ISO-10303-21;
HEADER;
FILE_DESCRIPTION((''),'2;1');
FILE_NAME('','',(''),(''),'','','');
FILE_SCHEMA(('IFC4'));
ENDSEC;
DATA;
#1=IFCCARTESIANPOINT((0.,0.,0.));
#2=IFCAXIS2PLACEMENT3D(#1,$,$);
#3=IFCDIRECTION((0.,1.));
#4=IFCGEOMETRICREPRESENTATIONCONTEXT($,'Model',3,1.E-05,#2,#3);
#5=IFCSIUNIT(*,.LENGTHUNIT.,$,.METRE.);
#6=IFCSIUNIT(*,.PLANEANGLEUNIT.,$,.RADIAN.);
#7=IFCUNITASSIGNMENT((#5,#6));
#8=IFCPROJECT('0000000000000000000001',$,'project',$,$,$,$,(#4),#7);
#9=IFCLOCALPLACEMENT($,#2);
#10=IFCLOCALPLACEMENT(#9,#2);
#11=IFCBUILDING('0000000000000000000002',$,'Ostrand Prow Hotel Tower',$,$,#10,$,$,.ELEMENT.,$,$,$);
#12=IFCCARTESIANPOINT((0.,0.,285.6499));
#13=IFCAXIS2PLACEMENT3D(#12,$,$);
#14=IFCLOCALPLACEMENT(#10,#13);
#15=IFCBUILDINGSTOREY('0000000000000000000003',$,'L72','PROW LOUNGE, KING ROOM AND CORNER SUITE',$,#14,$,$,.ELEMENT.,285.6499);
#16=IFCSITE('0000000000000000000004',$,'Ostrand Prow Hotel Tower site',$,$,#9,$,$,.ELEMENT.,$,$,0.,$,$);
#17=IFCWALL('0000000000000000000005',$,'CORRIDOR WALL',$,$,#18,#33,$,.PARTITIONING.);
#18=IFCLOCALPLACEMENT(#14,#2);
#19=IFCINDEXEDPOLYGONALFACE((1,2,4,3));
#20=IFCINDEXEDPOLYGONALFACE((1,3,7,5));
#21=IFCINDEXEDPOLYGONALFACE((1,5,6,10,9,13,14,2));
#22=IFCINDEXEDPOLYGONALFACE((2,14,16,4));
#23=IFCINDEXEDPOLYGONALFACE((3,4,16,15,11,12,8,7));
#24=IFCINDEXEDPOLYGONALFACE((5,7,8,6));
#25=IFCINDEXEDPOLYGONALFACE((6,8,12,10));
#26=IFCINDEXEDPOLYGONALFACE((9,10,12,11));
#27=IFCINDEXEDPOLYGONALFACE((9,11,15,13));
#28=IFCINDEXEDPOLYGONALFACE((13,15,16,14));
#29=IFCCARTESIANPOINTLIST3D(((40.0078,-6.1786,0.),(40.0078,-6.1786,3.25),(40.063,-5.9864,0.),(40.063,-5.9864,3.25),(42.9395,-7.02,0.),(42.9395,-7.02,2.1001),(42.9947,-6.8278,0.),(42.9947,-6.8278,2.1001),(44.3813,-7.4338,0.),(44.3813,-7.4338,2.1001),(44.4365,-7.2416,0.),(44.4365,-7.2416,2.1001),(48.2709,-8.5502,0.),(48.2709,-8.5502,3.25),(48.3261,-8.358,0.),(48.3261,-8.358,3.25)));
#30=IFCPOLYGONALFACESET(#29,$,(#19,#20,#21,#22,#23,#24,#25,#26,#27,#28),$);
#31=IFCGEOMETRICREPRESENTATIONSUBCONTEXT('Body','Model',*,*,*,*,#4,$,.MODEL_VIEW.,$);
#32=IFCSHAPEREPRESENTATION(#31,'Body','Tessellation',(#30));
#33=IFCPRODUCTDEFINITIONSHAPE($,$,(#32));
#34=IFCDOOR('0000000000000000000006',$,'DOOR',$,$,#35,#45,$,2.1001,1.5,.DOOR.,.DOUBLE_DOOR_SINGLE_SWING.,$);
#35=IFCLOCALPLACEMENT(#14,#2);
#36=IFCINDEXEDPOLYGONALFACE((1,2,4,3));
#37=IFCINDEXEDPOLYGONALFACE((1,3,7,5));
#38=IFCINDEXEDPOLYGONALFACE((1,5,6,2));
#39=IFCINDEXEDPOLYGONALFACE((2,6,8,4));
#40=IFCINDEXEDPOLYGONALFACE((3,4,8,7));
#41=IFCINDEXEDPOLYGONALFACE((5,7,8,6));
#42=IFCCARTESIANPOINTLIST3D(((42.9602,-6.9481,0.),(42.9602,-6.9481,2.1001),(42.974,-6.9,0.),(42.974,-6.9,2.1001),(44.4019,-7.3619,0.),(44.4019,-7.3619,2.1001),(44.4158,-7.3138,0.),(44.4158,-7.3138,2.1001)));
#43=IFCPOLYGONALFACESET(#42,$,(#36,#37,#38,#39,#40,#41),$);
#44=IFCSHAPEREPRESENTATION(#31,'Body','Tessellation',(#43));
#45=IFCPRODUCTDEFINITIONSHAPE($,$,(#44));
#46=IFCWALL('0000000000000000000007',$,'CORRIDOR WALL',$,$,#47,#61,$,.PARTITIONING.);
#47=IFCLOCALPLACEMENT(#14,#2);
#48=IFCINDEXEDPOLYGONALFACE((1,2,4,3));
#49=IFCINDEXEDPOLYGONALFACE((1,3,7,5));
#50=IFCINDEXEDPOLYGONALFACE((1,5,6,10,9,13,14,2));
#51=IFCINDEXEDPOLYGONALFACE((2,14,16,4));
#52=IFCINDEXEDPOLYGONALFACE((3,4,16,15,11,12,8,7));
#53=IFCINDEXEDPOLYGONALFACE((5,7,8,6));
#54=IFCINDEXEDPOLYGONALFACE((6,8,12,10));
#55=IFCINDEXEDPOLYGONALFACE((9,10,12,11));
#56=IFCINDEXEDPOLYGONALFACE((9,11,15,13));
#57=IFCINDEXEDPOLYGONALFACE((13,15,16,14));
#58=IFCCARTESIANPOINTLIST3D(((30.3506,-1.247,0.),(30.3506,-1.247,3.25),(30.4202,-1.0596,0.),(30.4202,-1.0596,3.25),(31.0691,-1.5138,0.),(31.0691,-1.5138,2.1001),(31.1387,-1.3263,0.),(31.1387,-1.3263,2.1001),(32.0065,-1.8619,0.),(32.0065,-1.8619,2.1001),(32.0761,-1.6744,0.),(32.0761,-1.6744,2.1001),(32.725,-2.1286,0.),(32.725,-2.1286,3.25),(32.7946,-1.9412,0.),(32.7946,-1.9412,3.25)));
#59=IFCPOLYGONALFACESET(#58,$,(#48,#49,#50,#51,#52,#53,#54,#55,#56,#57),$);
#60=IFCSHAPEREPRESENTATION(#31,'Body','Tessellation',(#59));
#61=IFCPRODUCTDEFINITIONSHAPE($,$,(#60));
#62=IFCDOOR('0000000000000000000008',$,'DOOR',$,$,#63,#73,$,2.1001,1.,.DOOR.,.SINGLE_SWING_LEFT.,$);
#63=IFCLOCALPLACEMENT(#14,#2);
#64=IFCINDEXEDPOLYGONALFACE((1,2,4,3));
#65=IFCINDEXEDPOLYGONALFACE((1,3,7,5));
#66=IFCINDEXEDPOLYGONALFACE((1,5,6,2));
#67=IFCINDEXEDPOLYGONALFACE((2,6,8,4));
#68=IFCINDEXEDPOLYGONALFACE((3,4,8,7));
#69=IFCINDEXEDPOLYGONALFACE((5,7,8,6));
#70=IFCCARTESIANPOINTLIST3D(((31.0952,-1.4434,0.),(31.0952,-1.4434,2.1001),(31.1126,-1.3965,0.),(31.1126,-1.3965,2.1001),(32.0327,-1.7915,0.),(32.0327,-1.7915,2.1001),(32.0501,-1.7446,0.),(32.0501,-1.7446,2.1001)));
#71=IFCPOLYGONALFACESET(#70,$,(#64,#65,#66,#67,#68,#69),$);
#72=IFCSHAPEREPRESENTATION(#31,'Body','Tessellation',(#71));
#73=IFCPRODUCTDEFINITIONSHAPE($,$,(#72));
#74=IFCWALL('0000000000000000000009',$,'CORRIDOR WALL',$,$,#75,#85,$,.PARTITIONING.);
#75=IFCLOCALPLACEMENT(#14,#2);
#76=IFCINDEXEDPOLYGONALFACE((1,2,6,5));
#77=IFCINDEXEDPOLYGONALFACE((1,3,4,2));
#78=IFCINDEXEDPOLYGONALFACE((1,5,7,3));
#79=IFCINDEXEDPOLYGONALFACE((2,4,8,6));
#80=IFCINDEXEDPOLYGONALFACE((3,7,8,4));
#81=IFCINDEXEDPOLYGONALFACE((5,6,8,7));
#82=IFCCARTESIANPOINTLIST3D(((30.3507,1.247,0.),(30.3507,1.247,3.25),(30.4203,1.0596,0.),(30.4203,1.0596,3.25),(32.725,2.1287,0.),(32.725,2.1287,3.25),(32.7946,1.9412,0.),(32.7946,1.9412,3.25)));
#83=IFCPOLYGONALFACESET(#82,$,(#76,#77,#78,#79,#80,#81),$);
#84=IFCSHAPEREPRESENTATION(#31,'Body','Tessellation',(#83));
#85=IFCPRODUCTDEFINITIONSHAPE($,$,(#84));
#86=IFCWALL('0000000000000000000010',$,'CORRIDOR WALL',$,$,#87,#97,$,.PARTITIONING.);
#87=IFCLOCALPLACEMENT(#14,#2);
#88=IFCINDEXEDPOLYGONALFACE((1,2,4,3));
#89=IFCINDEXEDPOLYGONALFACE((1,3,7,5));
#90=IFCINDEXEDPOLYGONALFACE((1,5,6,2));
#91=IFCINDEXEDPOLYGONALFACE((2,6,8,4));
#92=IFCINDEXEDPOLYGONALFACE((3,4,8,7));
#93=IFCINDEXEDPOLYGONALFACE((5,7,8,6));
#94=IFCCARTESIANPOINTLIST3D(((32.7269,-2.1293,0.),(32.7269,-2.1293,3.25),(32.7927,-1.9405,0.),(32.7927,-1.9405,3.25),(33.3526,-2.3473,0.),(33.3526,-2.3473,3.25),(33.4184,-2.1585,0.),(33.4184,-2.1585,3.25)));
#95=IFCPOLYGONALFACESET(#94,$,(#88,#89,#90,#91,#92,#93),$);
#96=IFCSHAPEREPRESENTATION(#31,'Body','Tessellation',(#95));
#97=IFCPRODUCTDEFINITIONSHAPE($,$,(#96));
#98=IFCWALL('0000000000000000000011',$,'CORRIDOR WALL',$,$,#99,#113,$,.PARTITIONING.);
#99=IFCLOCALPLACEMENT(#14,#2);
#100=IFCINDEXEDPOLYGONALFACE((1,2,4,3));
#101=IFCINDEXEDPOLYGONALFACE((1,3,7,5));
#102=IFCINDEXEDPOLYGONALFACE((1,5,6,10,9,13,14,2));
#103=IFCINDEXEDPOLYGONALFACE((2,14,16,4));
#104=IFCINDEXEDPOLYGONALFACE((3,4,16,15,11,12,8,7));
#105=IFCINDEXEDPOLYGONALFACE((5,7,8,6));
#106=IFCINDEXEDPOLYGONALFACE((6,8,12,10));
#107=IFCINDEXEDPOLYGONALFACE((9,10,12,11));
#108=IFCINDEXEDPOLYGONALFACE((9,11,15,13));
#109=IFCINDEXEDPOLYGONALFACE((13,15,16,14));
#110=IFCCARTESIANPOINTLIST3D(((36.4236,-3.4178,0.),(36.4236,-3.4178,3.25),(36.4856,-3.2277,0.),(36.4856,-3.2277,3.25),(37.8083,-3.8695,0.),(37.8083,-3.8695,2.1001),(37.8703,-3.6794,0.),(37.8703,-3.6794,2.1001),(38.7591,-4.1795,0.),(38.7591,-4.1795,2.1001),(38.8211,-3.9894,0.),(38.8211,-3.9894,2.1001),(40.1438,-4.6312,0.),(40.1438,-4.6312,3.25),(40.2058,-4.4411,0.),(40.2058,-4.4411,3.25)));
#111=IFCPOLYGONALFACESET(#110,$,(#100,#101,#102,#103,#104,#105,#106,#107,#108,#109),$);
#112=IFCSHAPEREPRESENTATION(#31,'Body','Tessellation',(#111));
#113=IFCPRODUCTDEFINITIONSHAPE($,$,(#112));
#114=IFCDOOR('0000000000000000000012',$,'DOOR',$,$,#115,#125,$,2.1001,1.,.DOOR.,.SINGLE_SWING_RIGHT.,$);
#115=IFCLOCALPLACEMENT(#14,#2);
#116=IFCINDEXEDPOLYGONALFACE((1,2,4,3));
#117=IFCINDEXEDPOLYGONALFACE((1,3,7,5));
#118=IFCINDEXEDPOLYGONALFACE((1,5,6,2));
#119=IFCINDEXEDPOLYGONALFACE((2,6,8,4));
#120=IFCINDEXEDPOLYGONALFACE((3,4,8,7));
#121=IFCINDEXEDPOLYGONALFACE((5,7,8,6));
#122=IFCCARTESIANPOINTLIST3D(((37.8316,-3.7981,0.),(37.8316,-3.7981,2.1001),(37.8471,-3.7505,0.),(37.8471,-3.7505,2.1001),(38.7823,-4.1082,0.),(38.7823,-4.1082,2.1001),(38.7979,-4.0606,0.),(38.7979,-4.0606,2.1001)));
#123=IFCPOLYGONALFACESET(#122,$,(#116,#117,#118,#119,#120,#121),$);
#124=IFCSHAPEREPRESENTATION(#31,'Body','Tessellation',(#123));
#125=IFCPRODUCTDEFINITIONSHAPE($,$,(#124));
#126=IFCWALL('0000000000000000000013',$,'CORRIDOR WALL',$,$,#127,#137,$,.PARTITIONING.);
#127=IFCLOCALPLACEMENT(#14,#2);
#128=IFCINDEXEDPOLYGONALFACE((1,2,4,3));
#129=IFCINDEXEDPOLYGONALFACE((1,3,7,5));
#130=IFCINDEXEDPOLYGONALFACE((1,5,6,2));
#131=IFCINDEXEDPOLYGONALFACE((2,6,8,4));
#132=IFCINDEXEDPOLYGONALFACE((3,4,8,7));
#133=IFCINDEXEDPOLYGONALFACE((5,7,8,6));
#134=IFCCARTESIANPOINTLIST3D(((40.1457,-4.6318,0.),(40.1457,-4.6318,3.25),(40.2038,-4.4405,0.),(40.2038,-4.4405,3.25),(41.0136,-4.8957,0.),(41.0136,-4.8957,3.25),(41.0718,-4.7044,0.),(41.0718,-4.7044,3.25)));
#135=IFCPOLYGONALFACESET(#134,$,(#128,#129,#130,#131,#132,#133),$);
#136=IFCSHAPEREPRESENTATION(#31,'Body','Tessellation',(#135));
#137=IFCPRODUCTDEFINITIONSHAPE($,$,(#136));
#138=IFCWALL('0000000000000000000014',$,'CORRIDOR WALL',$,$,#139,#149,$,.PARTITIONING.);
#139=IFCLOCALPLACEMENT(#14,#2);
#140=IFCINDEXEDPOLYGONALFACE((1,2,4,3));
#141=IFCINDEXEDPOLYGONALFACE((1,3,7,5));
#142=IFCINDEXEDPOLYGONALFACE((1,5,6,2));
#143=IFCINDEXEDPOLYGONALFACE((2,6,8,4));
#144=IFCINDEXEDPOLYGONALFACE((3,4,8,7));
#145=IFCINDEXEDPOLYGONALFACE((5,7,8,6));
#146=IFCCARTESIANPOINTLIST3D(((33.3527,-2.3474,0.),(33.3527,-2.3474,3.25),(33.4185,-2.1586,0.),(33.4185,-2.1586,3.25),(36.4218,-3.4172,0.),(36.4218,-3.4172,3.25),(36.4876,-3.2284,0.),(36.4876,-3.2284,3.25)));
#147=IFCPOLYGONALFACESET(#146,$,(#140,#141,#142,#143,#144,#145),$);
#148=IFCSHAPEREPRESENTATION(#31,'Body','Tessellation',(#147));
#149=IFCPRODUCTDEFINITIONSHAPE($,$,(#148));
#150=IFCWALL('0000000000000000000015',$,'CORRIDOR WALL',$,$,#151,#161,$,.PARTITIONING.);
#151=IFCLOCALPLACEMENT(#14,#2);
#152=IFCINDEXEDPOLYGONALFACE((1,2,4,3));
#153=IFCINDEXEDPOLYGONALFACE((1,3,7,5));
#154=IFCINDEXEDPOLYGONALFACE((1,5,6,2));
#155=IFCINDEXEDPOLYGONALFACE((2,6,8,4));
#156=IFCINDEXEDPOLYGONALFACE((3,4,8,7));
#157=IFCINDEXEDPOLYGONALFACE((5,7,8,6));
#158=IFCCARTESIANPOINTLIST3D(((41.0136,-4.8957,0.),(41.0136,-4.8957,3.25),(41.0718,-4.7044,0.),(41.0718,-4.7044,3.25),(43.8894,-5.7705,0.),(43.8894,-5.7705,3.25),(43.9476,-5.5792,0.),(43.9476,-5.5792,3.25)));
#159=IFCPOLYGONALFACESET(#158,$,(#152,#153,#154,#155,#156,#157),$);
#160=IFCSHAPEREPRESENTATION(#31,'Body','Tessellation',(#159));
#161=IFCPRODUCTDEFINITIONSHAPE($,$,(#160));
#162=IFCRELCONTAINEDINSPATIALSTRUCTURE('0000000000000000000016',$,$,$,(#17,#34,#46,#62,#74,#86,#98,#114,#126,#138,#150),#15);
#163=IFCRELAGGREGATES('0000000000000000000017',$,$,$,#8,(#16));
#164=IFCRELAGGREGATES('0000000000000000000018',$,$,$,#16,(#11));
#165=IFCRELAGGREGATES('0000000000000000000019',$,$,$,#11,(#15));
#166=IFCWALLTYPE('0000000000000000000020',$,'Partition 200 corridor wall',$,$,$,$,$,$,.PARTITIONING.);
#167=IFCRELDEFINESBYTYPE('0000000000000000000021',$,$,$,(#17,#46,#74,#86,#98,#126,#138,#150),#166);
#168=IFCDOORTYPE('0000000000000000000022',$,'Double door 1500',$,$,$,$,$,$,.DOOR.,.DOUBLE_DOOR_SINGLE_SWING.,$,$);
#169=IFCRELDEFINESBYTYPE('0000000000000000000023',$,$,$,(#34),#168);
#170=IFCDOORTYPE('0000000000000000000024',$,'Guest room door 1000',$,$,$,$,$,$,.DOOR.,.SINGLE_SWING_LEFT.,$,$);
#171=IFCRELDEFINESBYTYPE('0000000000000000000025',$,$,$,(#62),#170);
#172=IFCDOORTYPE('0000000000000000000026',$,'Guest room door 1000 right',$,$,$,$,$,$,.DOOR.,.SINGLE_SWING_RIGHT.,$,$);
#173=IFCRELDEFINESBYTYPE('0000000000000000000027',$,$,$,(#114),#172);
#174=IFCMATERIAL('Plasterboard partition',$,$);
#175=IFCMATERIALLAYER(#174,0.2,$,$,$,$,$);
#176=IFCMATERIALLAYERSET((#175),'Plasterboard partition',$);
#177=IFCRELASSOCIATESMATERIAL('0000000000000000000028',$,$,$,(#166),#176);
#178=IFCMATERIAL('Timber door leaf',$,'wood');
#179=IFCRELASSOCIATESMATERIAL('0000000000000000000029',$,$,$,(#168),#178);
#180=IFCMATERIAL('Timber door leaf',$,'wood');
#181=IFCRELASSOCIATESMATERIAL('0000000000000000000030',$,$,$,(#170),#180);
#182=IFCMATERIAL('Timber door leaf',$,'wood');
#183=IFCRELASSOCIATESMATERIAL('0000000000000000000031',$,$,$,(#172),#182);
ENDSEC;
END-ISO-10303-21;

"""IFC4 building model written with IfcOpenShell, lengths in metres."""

from ifc_helpers import new_model, si_unit, direction, frame, frame_2d, origin, place, context, subcontext, project, spatial, rectangle, extrude, material, layer, layer_set, type_object, element, fill, save


model = new_model("IFC4")

# Units and contexts
model_context = context("Model", 3, precision=1e-05, world=origin(), true_north=direction((0.0, 1.0)))
body_context = subcontext(model_context, "Body", "Model", "MODEL_VIEW")
ifc_project = project(units=[si_unit("LENGTHUNIT", "METRE"), si_unit("PLANEANGLEUNIT", "RADIAN")], contexts=[model_context])

# Site, building, storey
site_placement = place(None, origin())
site = spatial("IfcSite", under=ifc_project, at=site_placement, Name="Ostrand Prow Hotel Tower site", CompositionType="ELEMENT", RefElevation=0.0)
building_placement = place(site_placement, origin())
building = spatial("IfcBuilding", under=site, at=building_placement, Name="Ostrand Prow Hotel Tower", CompositionType="ELEMENT")
storey_placement = place(building_placement, frame((0.0, 0.0, 285.6499)))
storey = spatial("IfcBuildingStorey", under=building, at=storey_placement, Name="L72", Description="PROW LOUNGE, KING ROOM AND CORNER SUITE", CompositionType="ELEMENT", Elevation=285.6499)

# Walls, openings, doors
ifc_material_1 = material(Name="Plasterboard partition")
ifc_layer_1 = layer(ifc_material_1, 0.2)
ifc_layer_set_1 = layer_set([ifc_layer_1], Name="Plasterboard partition")
wall_type_1 = type_object("IfcWallType", Name="Partition 200 corridor wall", PredefinedType="PARTITIONING", material=ifc_layer_set_1)
wall_1_placement = place(storey_placement, frame((40.0354, -6.0825, 0.0), z_axis=(0.0, 0.0, 1.0), x_axis=(0.961195, -0.275869, 0.0)))
wall_1 = element("IfcWall", 1, at=wall_1_placement, inside=storey, type_object=wall_type_1, Name="CORRIDOR WALL", PredefinedType="PARTITIONING", context=body_context, shape_type="SweptSolid", body=[
    extrude(rectangle(XDim=8.5967, YDim=0.2, at=frame_2d((4.2983, 0.0))), origin(), (0.0, 0.0, 1.0), 3.25),
])
opening_1_placement = place(wall_1_placement, frame((3.05, 0.0, 0.0)))
opening_1 = element("IfcOpeningElement", 2, at=opening_1_placement, cuts=wall_1, PredefinedType="OPENING", context=body_context, shape_type="SweptSolid", body=[
    extrude(rectangle(XDim=1.5, YDim=2.1001, at=frame_2d((0.75, 1.05))), frame((0.0, 0.1099, 0.0), z_axis=(0.0, -1.0, 0.0), x_axis=(1.0, 0.0, 0.0)), (0.0, 0.0, 1.0), 0.22),
])
ifc_material_2 = material(Name="Timber door leaf", Category="wood")
door_type_1 = type_object("IfcDoorType", Name="Double door 1500", OperationType="DOUBLE_DOOR_SINGLE_SWING", PredefinedType="DOOR", material=ifc_material_2)
door_1_placement = place(opening_1_placement, origin())
door_1 = element("IfcDoor", 3, at=door_1_placement, inside=storey, type_object=door_type_1, Name="DOOR", OperationType="DOUBLE_DOOR_SINGLE_SWING", OverallHeight=2.1001, OverallWidth=1.5, PredefinedType="DOOR", context=body_context, shape_type="SweptSolid", body=[
    extrude(rectangle(XDim=1.5, YDim=2.1001, at=frame_2d((0.75, 1.05))), frame((0.0, 0.0249, 0.0), z_axis=(0.0, -1.0, 0.0), x_axis=(1.0, 0.0, 0.0)), (0.0, 0.0, 1.0), 0.05),
])
fill(opening_1, door_1)
wall_2_placement = place(storey_placement, frame((32.7598, -2.0349, 0.0), z_axis=(0.0, 0.0, 1.0), x_axis=(-0.937461, 0.34809, 0.0)))
wall_2 = element("IfcWall", 4, at=wall_2_placement, inside=storey, type_object=wall_type_1, Name="CORRIDOR WALL", PredefinedType="PARTITIONING", context=body_context, shape_type="SweptSolid", body=[
    extrude(rectangle(XDim=2.5327, YDim=0.2, at=frame_2d((1.2664, 0.0))), origin(), (0.0, 0.0, 1.0), 3.25),
])
opening_2_placement = place(wall_2_placement, frame((0.7664, 0.0, 0.0)))
opening_2 = element("IfcOpeningElement", 5, at=opening_2_placement, cuts=wall_2, PredefinedType="OPENING", context=body_context, shape_type="SweptSolid", body=[
    extrude(rectangle(XDim=1.0, YDim=2.1001, at=frame_2d((0.5, 1.05))), frame((0.0, 0.1099, 0.0), z_axis=(0.0, -1.0, 0.0), x_axis=(1.0, 0.0, 0.0)), (0.0, 0.0, 1.0), 0.22),
])
ifc_material_3 = material(Name="Timber door leaf", Category="wood")
door_type_2 = type_object("IfcDoorType", Name="Guest room door 1000", OperationType="SINGLE_SWING_LEFT", PredefinedType="DOOR", material=ifc_material_3)
door_2_placement = place(opening_2_placement, origin())
door_2 = element("IfcDoor", 6, at=door_2_placement, inside=storey, type_object=door_type_2, Name="DOOR", OperationType="SINGLE_SWING_LEFT", OverallHeight=2.1001, OverallWidth=1.0, PredefinedType="DOOR", context=body_context, shape_type="SweptSolid", body=[
    extrude(rectangle(XDim=1.0, YDim=2.1001, at=frame_2d((0.5, 1.05))), frame((0.0, 0.0249, 0.0), z_axis=(0.0, -1.0, 0.0), x_axis=(1.0, 0.0, 0.0)), (0.0, 0.0, 1.0), 0.05),
])
fill(opening_2, door_2)

# Walls
wall_3_placement = place(storey_placement, frame((30.3855, 1.1533, 0.0), z_axis=(0.0, 0.0, 1.0), x_axis=(0.937461, 0.34809, 0.0)))
element("IfcWall", 7, at=wall_3_placement, inside=storey, type_object=wall_type_1, Name="CORRIDOR WALL", PredefinedType="PARTITIONING", context=body_context, shape_type="SweptSolid", body=[
    extrude(rectangle(XDim=2.5327, YDim=0.2, at=frame_2d((1.2664, 0.0))), origin(), (0.0, 0.0, 1.0), 3.25),
])
wall_4_placement = place(storey_placement, frame((33.3855, -2.2529, 0.0), z_axis=(0.0, 0.0, 1.0), x_axis=(-0.944323, 0.329021, 0.0)))
element("IfcWall", 8, at=wall_4_placement, inside=storey, type_object=wall_type_1, Name="CORRIDOR WALL", PredefinedType="PARTITIONING", context=body_context, shape_type="SweptSolid", body=[
    extrude(rectangle(XDim=0.6626, YDim=0.2, at=frame_2d((0.3313, 0.0))), origin(), (0.0, 0.0, 1.0), 3.25),
])

# Wall, opening, door
wall_5_placement = place(storey_placement, frame((40.1748, -4.5361, 0.0), z_axis=(0.0, 0.0, 1.0), x_axis=(-0.95071, 0.310082, 0.0)))
wall_5 = element("IfcWall", 9, at=wall_5_placement, inside=storey, type_object=wall_type_1, Name="CORRIDOR WALL", PredefinedType="PARTITIONING", context=body_context, shape_type="SweptSolid", body=[
    extrude(rectangle(XDim=3.9131, YDim=0.2, at=frame_2d((1.9565, 0.0))), origin(), (0.0, 0.0, 1.0), 3.25),
])
opening_3_placement = place(wall_5_placement, frame((1.4565, 0.0, 0.0)))
opening_3 = element("IfcOpeningElement", 10, at=opening_3_placement, cuts=wall_5, PredefinedType="OPENING", context=body_context, shape_type="SweptSolid", body=[
    extrude(rectangle(XDim=1.0, YDim=2.1001, at=frame_2d((0.5, 1.05))), frame((0.0, 0.1099, 0.0), z_axis=(0.0, -1.0, 0.0), x_axis=(1.0, 0.0, 0.0)), (0.0, 0.0, 1.0), 0.22),
])
ifc_material_4 = material(Name="Timber door leaf", Category="wood")
door_type_3 = type_object("IfcDoorType", Name="Guest room door 1000 right", OperationType="SINGLE_SWING_RIGHT", PredefinedType="DOOR", material=ifc_material_4)
door_3_placement = place(opening_3_placement, origin())
door_3 = element("IfcDoor", 11, at=door_3_placement, inside=storey, type_object=door_type_3, Name="DOOR", OperationType="SINGLE_SWING_RIGHT", OverallHeight=2.1001, OverallWidth=1.0, PredefinedType="DOOR", context=body_context, shape_type="SweptSolid", body=[
    extrude(rectangle(XDim=1.0, YDim=2.1001, at=frame_2d((0.5, 1.05))), frame((0.0, 0.0249, 0.0), z_axis=(0.0, -1.0, 0.0), x_axis=(1.0, 0.0, 0.0)), (0.0, 0.0, 1.0), 0.05),
])
fill(opening_3, door_3)

# Walls
wall_6_placement = place(storey_placement, frame((41.0427, -4.8, 0.0), z_axis=(0.0, 0.0, 1.0), x_axis=(-0.956746, 0.290926, 0.0)))
element("IfcWall", 12, at=wall_6_placement, inside=storey, type_object=wall_type_1, Name="CORRIDOR WALL", PredefinedType="PARTITIONING", context=body_context, shape_type="SweptSolid", body=[
    extrude(rectangle(XDim=0.9072, YDim=0.2, at=frame_2d((0.4536, 0.0))), origin(), (0.0, 0.0, 1.0), 3.25),
])
wall_7_placement = place(storey_placement, frame((36.4546, -3.3228, 0.0), z_axis=(0.0, 0.0, 1.0), x_axis=(-0.944276, 0.329156, 0.0)))
element("IfcWall", 13, at=wall_7_placement, inside=storey, type_object=wall_type_1, Name="CORRIDOR WALL", PredefinedType="PARTITIONING", context=body_context, shape_type="SweptSolid", body=[
    extrude(rectangle(XDim=3.2502, YDim=0.2, at=frame_2d((1.625, 0.0))), origin(), (0.0, 0.0, 1.0), 3.25),
])
wall_8_placement = place(storey_placement, frame((43.9185, -5.6748, 0.0), z_axis=(0.0, 0.0, 1.0), x_axis=(-0.956717, 0.291019, 0.0)))
element("IfcWall", 14, at=wall_8_placement, inside=storey, type_object=wall_type_1, Name="CORRIDOR WALL", PredefinedType="PARTITIONING", context=body_context, shape_type="SweptSolid", body=[
    extrude(rectangle(XDim=3.0059, YDim=0.2, at=frame_2d((1.5029, 0.0))), origin(), (0.0, 0.0, 1.0), 3.25),
])

save(model, "model.ifc")
